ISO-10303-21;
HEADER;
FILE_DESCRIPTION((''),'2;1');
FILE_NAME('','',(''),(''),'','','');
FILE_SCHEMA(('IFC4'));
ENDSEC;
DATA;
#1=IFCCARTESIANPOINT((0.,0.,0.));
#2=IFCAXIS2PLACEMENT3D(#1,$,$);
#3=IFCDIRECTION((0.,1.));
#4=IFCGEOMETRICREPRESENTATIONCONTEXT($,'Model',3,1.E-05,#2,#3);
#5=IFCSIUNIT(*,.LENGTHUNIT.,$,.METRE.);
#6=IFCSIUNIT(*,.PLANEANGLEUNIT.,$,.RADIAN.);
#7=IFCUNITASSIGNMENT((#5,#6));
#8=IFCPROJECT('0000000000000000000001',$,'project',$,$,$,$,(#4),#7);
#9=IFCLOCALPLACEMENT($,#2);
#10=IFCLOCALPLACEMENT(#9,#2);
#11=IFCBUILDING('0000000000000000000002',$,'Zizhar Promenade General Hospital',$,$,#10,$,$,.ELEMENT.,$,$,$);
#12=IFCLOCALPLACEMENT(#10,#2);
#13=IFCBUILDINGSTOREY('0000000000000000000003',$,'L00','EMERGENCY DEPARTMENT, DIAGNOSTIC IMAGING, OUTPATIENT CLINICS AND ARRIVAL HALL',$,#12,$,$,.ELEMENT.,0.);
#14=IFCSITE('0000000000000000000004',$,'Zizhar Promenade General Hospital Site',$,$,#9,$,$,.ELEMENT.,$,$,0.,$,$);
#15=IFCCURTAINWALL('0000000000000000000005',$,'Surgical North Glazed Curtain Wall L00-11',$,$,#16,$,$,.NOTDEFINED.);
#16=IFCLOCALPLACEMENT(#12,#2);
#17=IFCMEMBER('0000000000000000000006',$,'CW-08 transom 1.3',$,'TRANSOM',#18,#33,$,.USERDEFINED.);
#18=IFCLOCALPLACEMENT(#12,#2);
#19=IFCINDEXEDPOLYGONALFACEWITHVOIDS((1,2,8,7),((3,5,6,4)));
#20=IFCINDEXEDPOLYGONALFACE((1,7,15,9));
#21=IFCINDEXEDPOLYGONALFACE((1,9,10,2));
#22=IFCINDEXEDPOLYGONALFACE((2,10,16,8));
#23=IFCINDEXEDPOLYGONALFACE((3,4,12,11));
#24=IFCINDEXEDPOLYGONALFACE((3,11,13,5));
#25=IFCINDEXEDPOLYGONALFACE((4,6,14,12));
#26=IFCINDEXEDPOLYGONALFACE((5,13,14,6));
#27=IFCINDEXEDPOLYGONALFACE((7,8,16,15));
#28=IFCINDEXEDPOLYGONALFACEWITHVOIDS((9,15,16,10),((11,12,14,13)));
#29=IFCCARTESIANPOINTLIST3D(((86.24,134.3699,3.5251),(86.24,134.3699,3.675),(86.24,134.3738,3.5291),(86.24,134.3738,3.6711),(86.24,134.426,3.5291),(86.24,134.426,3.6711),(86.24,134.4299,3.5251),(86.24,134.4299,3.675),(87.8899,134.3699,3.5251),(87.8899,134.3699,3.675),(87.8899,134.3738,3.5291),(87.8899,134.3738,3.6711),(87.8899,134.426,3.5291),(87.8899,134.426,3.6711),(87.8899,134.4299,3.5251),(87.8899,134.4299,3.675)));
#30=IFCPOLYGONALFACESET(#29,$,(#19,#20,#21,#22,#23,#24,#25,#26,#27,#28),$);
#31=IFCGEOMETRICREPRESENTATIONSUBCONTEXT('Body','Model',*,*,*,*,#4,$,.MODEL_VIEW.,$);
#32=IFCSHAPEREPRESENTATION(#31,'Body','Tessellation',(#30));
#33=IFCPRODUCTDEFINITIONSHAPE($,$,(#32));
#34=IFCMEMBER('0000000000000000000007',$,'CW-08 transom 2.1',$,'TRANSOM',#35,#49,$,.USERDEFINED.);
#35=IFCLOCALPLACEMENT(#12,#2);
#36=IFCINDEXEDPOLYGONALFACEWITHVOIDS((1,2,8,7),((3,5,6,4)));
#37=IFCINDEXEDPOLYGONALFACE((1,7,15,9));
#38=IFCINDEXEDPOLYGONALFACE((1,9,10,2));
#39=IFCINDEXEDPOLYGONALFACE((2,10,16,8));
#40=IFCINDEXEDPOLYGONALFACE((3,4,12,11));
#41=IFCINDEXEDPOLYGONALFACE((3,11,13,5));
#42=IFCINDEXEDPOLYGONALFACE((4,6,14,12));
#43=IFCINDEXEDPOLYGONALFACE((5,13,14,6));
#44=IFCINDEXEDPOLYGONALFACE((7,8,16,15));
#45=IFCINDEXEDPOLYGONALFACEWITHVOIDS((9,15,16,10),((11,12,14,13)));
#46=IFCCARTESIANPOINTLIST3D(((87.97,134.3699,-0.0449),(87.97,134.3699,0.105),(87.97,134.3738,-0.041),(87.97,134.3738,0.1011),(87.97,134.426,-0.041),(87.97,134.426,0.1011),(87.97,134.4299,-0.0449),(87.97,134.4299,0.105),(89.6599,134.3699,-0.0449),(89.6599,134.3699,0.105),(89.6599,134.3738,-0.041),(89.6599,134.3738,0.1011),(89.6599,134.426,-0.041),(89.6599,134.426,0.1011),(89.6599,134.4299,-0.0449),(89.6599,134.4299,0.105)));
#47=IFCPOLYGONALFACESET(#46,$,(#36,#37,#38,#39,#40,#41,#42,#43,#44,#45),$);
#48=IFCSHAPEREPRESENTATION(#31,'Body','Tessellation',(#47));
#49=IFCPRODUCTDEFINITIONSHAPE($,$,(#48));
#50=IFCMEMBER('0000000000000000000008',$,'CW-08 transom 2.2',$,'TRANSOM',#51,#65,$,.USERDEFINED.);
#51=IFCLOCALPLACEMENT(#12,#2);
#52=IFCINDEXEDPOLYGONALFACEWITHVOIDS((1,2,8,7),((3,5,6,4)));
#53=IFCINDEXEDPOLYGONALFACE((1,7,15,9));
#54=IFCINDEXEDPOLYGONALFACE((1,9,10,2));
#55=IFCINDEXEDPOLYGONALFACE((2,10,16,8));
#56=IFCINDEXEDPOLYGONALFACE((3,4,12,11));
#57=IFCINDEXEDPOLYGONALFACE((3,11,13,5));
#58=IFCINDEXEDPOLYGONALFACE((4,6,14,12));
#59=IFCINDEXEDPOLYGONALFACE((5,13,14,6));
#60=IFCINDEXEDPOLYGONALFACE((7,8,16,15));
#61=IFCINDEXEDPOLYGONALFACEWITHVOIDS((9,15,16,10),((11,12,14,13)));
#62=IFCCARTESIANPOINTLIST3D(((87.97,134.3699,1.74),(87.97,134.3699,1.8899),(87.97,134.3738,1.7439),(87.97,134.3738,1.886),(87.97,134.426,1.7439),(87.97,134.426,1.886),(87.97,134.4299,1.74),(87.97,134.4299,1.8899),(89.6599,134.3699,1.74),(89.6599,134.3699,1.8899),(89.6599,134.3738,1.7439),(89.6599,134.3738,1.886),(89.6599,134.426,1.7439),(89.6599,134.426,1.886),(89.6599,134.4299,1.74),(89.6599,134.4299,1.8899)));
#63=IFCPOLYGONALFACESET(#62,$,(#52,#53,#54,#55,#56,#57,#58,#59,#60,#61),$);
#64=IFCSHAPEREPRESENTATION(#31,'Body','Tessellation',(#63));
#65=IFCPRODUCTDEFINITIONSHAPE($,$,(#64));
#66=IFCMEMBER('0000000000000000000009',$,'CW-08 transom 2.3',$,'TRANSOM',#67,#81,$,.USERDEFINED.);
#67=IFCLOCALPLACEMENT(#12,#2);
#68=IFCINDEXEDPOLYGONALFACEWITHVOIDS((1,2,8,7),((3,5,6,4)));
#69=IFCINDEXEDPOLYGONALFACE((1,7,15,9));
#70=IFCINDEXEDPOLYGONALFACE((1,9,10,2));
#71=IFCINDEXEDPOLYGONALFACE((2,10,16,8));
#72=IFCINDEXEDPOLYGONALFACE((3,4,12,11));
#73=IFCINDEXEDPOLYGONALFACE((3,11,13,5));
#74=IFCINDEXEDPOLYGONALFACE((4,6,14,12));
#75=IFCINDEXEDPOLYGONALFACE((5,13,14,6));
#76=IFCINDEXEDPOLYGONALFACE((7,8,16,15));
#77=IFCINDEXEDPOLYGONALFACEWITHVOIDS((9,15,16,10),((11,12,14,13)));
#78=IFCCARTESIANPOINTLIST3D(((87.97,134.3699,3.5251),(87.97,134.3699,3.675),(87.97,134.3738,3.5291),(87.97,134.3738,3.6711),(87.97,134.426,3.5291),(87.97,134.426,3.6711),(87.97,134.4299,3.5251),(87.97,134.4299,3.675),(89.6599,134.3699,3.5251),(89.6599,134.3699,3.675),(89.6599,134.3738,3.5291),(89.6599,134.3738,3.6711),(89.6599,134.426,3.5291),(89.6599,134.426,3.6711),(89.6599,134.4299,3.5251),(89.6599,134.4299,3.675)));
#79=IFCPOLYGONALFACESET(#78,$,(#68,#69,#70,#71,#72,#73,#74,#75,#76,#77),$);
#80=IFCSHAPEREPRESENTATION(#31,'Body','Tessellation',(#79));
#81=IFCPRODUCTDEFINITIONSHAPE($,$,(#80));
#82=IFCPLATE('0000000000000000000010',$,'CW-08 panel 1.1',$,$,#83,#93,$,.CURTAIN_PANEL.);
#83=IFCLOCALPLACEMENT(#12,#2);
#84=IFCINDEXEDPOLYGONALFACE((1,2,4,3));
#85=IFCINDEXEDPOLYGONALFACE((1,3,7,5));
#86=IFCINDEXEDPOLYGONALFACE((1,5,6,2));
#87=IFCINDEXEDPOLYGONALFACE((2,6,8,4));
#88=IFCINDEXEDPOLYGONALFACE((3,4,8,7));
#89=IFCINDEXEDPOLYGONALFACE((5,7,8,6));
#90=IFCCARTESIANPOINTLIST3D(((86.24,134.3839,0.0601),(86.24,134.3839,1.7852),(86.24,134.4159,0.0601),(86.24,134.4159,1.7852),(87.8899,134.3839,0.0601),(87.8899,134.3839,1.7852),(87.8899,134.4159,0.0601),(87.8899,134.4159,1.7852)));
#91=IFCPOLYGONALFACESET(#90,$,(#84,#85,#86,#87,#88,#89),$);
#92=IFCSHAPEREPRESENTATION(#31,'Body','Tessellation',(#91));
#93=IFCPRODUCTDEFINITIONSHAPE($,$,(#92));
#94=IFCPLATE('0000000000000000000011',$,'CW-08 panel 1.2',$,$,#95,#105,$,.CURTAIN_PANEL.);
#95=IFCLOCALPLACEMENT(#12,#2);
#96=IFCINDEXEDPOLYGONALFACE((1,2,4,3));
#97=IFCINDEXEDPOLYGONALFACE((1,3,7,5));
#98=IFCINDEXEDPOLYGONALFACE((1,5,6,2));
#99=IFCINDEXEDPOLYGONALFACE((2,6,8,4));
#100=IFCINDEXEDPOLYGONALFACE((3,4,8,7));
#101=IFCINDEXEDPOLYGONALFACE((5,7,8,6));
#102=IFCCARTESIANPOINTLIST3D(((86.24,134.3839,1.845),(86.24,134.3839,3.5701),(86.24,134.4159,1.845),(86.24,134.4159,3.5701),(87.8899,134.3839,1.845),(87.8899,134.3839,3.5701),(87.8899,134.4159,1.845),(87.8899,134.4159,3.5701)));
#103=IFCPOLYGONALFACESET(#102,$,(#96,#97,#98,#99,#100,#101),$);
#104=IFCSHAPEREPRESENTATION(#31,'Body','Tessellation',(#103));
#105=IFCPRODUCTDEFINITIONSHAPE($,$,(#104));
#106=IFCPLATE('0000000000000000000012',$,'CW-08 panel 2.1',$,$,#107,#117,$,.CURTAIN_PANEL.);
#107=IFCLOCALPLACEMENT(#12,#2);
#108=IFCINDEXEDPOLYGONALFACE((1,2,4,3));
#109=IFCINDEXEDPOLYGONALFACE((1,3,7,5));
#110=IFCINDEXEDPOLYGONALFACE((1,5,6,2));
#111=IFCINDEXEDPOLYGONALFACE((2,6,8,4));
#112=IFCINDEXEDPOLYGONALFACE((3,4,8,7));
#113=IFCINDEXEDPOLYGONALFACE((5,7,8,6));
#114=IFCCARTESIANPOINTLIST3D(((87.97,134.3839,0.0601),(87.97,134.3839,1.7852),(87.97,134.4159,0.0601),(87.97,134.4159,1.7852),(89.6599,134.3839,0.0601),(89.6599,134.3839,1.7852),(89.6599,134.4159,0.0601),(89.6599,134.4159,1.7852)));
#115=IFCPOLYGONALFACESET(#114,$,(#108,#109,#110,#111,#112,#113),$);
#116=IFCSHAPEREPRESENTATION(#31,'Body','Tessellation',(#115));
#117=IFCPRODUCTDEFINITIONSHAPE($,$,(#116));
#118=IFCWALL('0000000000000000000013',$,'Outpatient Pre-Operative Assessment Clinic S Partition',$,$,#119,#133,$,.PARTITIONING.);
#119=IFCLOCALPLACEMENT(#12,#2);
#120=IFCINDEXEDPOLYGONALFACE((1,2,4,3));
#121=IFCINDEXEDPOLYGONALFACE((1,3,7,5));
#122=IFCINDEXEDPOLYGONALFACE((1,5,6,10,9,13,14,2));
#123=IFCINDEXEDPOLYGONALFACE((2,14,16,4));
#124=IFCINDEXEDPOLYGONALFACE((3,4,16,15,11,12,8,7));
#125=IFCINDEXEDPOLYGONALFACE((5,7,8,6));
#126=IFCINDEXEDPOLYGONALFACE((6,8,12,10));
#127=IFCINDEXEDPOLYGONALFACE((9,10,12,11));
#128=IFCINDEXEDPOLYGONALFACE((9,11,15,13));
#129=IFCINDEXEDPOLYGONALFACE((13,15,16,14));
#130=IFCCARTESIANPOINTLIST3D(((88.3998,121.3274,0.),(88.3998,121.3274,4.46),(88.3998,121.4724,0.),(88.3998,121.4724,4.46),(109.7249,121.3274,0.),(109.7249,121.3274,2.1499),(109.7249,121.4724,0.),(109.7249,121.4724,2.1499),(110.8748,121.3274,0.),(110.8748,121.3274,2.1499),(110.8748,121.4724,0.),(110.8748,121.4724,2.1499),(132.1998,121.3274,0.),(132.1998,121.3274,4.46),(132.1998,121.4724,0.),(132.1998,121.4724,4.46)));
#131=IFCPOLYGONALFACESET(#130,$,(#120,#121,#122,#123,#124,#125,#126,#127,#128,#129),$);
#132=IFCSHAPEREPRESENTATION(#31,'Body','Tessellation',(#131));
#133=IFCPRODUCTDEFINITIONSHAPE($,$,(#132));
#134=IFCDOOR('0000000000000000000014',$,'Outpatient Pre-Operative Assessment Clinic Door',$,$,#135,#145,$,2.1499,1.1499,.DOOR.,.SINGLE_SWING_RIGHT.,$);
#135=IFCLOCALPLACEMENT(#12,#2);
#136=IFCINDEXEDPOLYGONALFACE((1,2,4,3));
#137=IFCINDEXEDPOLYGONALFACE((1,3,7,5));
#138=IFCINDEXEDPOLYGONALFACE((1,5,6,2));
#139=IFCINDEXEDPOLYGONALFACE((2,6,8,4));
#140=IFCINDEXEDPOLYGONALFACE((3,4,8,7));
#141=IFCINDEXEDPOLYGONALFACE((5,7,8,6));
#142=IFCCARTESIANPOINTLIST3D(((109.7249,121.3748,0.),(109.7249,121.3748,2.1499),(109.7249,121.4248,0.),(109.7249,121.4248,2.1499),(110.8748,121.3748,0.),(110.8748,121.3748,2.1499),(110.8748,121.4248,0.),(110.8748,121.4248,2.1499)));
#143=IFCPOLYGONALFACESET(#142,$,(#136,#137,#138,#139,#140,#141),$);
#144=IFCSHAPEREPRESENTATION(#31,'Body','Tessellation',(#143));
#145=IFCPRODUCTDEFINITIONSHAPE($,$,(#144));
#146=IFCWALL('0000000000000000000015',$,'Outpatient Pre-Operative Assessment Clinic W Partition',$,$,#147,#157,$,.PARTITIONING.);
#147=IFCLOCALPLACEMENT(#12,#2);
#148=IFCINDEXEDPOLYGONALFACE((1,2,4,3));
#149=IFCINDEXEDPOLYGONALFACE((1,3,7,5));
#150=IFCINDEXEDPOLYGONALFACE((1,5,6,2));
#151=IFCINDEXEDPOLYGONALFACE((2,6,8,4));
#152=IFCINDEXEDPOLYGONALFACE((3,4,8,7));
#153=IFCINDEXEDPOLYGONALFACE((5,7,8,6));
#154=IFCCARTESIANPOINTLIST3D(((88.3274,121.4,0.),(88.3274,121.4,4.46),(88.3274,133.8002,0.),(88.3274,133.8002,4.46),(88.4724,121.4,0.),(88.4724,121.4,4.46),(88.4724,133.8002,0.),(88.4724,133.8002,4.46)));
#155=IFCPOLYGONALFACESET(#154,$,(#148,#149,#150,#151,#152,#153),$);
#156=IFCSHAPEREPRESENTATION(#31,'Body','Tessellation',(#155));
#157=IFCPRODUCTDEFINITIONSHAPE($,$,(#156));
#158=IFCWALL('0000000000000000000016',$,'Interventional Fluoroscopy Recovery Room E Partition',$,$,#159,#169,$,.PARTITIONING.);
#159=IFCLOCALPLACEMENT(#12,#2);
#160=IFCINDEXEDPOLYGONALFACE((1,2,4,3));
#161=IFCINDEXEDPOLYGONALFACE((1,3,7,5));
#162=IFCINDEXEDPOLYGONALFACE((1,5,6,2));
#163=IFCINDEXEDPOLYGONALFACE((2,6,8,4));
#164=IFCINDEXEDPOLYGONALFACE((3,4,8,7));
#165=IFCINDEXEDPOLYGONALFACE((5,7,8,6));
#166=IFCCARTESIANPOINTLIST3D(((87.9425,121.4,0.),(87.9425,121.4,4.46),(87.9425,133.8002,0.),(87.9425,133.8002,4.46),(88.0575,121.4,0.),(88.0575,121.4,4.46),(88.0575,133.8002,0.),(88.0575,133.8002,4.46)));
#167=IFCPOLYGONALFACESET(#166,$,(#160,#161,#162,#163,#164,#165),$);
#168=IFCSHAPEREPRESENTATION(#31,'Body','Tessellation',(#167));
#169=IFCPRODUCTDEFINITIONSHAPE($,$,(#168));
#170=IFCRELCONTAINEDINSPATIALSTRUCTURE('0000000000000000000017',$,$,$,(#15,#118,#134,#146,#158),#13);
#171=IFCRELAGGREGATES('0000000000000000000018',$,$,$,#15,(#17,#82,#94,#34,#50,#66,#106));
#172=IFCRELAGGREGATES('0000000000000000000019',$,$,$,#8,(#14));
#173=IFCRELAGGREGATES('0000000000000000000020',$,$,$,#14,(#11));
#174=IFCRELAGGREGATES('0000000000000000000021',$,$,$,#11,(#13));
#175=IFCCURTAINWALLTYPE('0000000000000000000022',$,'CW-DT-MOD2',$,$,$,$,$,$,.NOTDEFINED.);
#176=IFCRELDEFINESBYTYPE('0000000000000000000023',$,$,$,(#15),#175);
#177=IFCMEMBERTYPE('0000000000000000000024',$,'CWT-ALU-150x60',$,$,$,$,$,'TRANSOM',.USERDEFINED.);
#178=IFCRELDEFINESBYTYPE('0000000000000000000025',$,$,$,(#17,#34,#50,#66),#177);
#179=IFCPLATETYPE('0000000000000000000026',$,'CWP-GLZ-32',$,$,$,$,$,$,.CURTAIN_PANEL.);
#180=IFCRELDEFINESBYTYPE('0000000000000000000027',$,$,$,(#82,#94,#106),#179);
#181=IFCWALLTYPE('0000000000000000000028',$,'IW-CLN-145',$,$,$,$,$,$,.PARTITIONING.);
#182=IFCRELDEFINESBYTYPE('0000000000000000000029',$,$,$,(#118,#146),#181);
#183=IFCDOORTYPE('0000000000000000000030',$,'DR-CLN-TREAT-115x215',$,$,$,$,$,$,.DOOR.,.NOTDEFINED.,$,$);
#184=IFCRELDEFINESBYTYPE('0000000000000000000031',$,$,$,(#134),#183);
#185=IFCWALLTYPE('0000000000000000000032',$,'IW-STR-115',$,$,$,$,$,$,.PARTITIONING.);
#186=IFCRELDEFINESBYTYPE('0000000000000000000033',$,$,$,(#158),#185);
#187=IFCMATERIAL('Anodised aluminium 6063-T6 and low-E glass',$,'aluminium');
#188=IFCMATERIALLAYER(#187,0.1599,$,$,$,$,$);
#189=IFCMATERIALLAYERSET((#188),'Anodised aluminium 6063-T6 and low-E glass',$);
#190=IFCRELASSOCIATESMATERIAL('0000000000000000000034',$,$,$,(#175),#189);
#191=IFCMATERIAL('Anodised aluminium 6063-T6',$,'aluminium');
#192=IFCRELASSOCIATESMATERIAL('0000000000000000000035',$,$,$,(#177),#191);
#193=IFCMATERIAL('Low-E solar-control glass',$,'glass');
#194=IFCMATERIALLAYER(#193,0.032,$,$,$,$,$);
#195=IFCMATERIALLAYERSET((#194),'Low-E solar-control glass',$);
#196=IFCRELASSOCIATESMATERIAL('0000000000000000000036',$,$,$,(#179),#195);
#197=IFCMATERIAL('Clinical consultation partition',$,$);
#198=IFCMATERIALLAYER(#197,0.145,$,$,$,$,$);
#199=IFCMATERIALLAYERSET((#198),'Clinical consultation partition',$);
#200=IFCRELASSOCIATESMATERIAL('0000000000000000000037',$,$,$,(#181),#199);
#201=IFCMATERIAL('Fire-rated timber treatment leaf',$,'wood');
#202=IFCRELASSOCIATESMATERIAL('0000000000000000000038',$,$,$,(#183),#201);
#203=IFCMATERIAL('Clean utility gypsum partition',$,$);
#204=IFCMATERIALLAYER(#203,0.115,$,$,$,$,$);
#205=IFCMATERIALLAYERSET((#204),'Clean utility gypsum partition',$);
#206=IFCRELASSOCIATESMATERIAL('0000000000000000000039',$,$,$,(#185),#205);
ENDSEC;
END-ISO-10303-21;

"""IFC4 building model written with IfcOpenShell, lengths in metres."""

from ifc_helpers import new_model, si_unit, direction, frame, frame_2d, origin, origin_2d, place, context, subcontext, project, spatial, rectangle, hollow_rectangle, extrude, material, layer, layer_set, material_profile, profile_set, type_object, element, fill, aggregate, save


model = new_model("IFC4")

# Units and contexts
model_context = context("Model", 3, precision=1e-05, world=origin(), true_north=direction((0.0, 1.0)))
body_context = subcontext(model_context, "Body", "Model", "MODEL_VIEW")
ifc_project = project(units=[si_unit("LENGTHUNIT", "METRE"), si_unit("PLANEANGLEUNIT", "RADIAN")], contexts=[model_context])

# Site, building, storey
site_placement = place(None, origin())
site = spatial("IfcSite", under=ifc_project, at=site_placement, Name="Zizhar Promenade General Hospital Site", CompositionType="ELEMENT", RefElevation=0.0)
building_placement = place(site_placement, origin())
building = spatial("IfcBuilding", under=site, at=building_placement, Name="Zizhar Promenade General Hospital", CompositionType="ELEMENT")
storey_placement = place(building_placement, origin())
storey = spatial("IfcBuildingStorey", under=building, at=storey_placement, Name="L00", Description="EMERGENCY DEPARTMENT, DIAGNOSTIC IMAGING, OUTPATIENT CLINICS AND ARRIVAL HALL", CompositionType="ELEMENT", Elevation=0.0)

# Curtain wall, members, plates
ifc_material_1 = material(Name="Anodised aluminium 6063-T6 and low-E glass", Category="aluminium")
ifc_layer_1 = layer(ifc_material_1, 0.1599)
ifc_layer_set_1 = layer_set([ifc_layer_1], Name="Anodised aluminium 6063-T6 and low-E glass")
curtain_wall_type = type_object("IfcCurtainWallType", Name="CW-DT-MOD2", PredefinedType="NOTDEFINED", material=ifc_layer_set_1)
curtain_wall_placement = place(storey_placement, origin())
curtain_wall = element("IfcCurtainWall", 1, at=curtain_wall_placement, inside=storey, type_object=curtain_wall_type, Name="Surgical North Glazed Curtain Wall L00-11", PredefinedType="NOTDEFINED")
ifc_material_2 = material(Name="Anodised aluminium 6063-T6", Category="aluminium")
ifc_material_profile_1 = material_profile(ifc_material_2, hollow_rectangle(XDim=0.0601, YDim=0.1499, WallThickness=0.0039, at=origin_2d()))
ifc_profile_set_1 = profile_set([ifc_material_profile_1], Name="Anodised aluminium 6063-T6")
member_type_1 = type_object("IfcMemberType", Name="CWT-ALU-150x60", ElementType="TRANSOM", PredefinedType="USERDEFINED", material=ifc_profile_set_1)
member_1_placement = place(storey_placement, frame((86.24, 134.3999, 3.6001), z_axis=(1.0, 0.0, 0.0), x_axis=(0.0, 1.0, 0.0)))
member_1 = element("IfcMember", 2, at=member_1_placement, type_object=member_type_1, Name="CW-08 transom 1.3", ObjectType="TRANSOM", PredefinedType="USERDEFINED", context=body_context, shape_type="SweptSolid", body=[
    extrude(hollow_rectangle(XDim=0.0601, YDim=0.1499, WallThickness=0.0039, at=origin_2d()), origin(), (0.0, 0.0, 1.0), 1.6499),
])
member_2_placement = place(storey_placement, frame((87.97, 134.3999, 0.03), z_axis=(1.0, 0.0, 0.0), x_axis=(0.0, 1.0, 0.0)))
member_2 = element("IfcMember", 3, at=member_2_placement, type_object=member_type_1, Name="CW-08 transom 2.1", ObjectType="TRANSOM", PredefinedType="USERDEFINED", context=body_context, shape_type="SweptSolid", body=[
    extrude(hollow_rectangle(XDim=0.0601, YDim=0.1499, WallThickness=0.0039, at=origin_2d()), origin(), (0.0, 0.0, 1.0), 1.6899),
])
member_3_placement = place(storey_placement, frame((87.97, 134.3999, 1.8149), z_axis=(1.0, 0.0, 0.0), x_axis=(0.0, 1.0, 0.0)))
member_3 = element("IfcMember", 4, at=member_3_placement, type_object=member_type_1, Name="CW-08 transom 2.2", ObjectType="TRANSOM", PredefinedType="USERDEFINED", context=body_context, shape_type="SweptSolid", body=[
    extrude(hollow_rectangle(XDim=0.0601, YDim=0.1499, WallThickness=0.0039, at=origin_2d()), origin(), (0.0, 0.0, 1.0), 1.6899),
])
member_4_placement = place(storey_placement, frame((87.97, 134.3999, 3.6001), z_axis=(1.0, 0.0, 0.0), x_axis=(0.0, 1.0, 0.0)))
member_4 = element("IfcMember", 5, at=member_4_placement, type_object=member_type_1, Name="CW-08 transom 2.3", ObjectType="TRANSOM", PredefinedType="USERDEFINED", context=body_context, shape_type="SweptSolid", body=[
    extrude(hollow_rectangle(XDim=0.0601, YDim=0.1499, WallThickness=0.0039, at=origin_2d()), origin(), (0.0, 0.0, 1.0), 1.6899),
])
ifc_material_3 = material(Name="Low-E solar-control glass", Category="glass")
ifc_layer_2 = layer(ifc_material_3, 0.032)
ifc_layer_set_2 = layer_set([ifc_layer_2], Name="Low-E solar-control glass")
plate_type = type_object("IfcPlateType", Name="CWP-GLZ-32", PredefinedType="CURTAIN_PANEL", material=ifc_layer_set_2)
plate_1_placement = place(storey_placement, frame((87.0649, 134.3999, 0.0601), z_axis=(0.0, 0.0, 1.0), x_axis=(1.0, 0.0, 0.0)))
plate_1 = element("IfcPlate", 6, at=plate_1_placement, type_object=plate_type, Name="CW-08 panel 1.1", PredefinedType="CURTAIN_PANEL", context=body_context, shape_type="SweptSolid", body=[
    extrude(rectangle(XDim=1.6499, YDim=0.032, at=origin_2d()), origin(), (0.0, 0.0, 1.0), 1.7251),
])
plate_2_placement = place(storey_placement, frame((87.0649, 134.3999, 1.845), z_axis=(0.0, 0.0, 1.0), x_axis=(1.0, 0.0, 0.0)))
plate_2 = element("IfcPlate", 7, at=plate_2_placement, type_object=plate_type, Name="CW-08 panel 1.2", PredefinedType="CURTAIN_PANEL", context=body_context, shape_type="SweptSolid", body=[
    extrude(rectangle(XDim=1.6499, YDim=0.032, at=origin_2d()), origin(), (0.0, 0.0, 1.0), 1.7251),
])
plate_3_placement = place(storey_placement, frame((88.8149, 134.3999, 0.0601), z_axis=(0.0, 0.0, 1.0), x_axis=(1.0, 0.0, 0.0)))
plate_3 = element("IfcPlate", 8, at=plate_3_placement, type_object=plate_type, Name="CW-08 panel 2.1", PredefinedType="CURTAIN_PANEL", context=body_context, shape_type="SweptSolid", body=[
    extrude(rectangle(XDim=1.6899, YDim=0.032, at=origin_2d()), origin(), (0.0, 0.0, 1.0), 1.7251),
])
aggregate(curtain_wall, [member_1, plate_1, plate_2, member_2, member_3, member_4, plate_3])

# Wall, opening, door
ifc_material_4 = material(Name="Clinical consultation partition")
ifc_layer_3 = layer(ifc_material_4, 0.145)
ifc_layer_set_3 = layer_set([ifc_layer_3], Name="Clinical consultation partition")
wall_type_1 = type_object("IfcWallType", Name="IW-CLN-145", PredefinedType="PARTITIONING", material=ifc_layer_set_3)
wall_1_placement = place(storey_placement, frame((88.3999, 121.3999, 0.0), z_axis=(0.0, 0.0, 1.0), x_axis=(1.0, 0.0, 0.0)))
wall_1 = element("IfcWall", 9, at=wall_1_placement, inside=storey, type_object=wall_type_1, Name="Outpatient Pre-Operative Assessment Clinic S Partition", PredefinedType="PARTITIONING", context=body_context, shape_type="SweptSolid", body=[
    extrude(rectangle(XDim=43.8, YDim=0.145, at=frame_2d((21.8999, 0.0))), origin(), (0.0, 0.0, 1.0), 4.46),
])
opening_placement = place(wall_1_placement, frame((21.325, 0.0, 0.0)))
opening = element("IfcOpeningElement", 10, at=opening_placement, cuts=wall_1, PredefinedType="OPENING", context=body_context, shape_type="SweptSolid", body=[
    extrude(rectangle(XDim=1.1499, YDim=2.1499, at=frame_2d((0.575, 1.075))), frame((0.0, 0.0825, 0.0), z_axis=(0.0, -1.0, 0.0), x_axis=(1.0, 0.0, 0.0)), (0.0, 0.0, 1.0), 0.165),
])
ifc_material_5 = material(Name="Fire-rated timber treatment leaf", Category="wood")
door_type = type_object("IfcDoorType", Name="DR-CLN-TREAT-115x215", OperationType="NOTDEFINED", PredefinedType="DOOR", material=ifc_material_5)
door_placement = place(opening_placement, origin())
door = element("IfcDoor", 11, at=door_placement, inside=storey, type_object=door_type, Name="Outpatient Pre-Operative Assessment Clinic Door", OperationType="SINGLE_SWING_RIGHT", OverallHeight=2.1499, OverallWidth=1.1499, PredefinedType="DOOR", context=body_context, shape_type="SweptSolid", body=[
    extrude(rectangle(XDim=1.1499, YDim=2.1499, at=frame_2d((0.575, 1.075))), frame((0.0, 0.0249, 0.0), z_axis=(0.0, -1.0, 0.0), x_axis=(1.0, 0.0, 0.0)), (0.0, 0.0, 1.0), 0.05),
])
fill(opening, door)

# Walls
wall_2_placement = place(storey_placement, frame((88.3999, 121.3999, 0.0), z_axis=(0.0, 0.0, 1.0), x_axis=(0.0, 1.0, 0.0)))
element("IfcWall", 12, at=wall_2_placement, inside=storey, type_object=wall_type_1, Name="Outpatient Pre-Operative Assessment Clinic W Partition", PredefinedType="PARTITIONING", context=body_context, shape_type="SweptSolid", body=[
    extrude(rectangle(XDim=12.4001, YDim=0.145, at=frame_2d((6.2002, 0.0))), origin(), (0.0, 0.0, 1.0), 4.46),
])
ifc_material_6 = material(Name="Clean utility gypsum partition")
ifc_layer_4 = layer(ifc_material_6, 0.115)
ifc_layer_set_4 = layer_set([ifc_layer_4], Name="Clean utility gypsum partition")
wall_type_2 = type_object("IfcWallType", Name="IW-STR-115", PredefinedType="PARTITIONING", material=ifc_layer_set_4)
wall_3_placement = place(storey_placement, frame((88.0, 121.3999, 0.0), z_axis=(0.0, 0.0, 1.0), x_axis=(0.0, 1.0, 0.0)))
element("IfcWall", 13, at=wall_3_placement, inside=storey, type_object=wall_type_2, Name="Interventional Fluoroscopy Recovery Room E Partition", PredefinedType="PARTITIONING", context=body_context, shape_type="SweptSolid", body=[
    extrude(rectangle(XDim=12.4001, YDim=0.115, at=frame_2d((6.2002, 0.0))), origin(), (0.0, 0.0, 1.0), 4.46),
])

save(model, "model.ifc")
